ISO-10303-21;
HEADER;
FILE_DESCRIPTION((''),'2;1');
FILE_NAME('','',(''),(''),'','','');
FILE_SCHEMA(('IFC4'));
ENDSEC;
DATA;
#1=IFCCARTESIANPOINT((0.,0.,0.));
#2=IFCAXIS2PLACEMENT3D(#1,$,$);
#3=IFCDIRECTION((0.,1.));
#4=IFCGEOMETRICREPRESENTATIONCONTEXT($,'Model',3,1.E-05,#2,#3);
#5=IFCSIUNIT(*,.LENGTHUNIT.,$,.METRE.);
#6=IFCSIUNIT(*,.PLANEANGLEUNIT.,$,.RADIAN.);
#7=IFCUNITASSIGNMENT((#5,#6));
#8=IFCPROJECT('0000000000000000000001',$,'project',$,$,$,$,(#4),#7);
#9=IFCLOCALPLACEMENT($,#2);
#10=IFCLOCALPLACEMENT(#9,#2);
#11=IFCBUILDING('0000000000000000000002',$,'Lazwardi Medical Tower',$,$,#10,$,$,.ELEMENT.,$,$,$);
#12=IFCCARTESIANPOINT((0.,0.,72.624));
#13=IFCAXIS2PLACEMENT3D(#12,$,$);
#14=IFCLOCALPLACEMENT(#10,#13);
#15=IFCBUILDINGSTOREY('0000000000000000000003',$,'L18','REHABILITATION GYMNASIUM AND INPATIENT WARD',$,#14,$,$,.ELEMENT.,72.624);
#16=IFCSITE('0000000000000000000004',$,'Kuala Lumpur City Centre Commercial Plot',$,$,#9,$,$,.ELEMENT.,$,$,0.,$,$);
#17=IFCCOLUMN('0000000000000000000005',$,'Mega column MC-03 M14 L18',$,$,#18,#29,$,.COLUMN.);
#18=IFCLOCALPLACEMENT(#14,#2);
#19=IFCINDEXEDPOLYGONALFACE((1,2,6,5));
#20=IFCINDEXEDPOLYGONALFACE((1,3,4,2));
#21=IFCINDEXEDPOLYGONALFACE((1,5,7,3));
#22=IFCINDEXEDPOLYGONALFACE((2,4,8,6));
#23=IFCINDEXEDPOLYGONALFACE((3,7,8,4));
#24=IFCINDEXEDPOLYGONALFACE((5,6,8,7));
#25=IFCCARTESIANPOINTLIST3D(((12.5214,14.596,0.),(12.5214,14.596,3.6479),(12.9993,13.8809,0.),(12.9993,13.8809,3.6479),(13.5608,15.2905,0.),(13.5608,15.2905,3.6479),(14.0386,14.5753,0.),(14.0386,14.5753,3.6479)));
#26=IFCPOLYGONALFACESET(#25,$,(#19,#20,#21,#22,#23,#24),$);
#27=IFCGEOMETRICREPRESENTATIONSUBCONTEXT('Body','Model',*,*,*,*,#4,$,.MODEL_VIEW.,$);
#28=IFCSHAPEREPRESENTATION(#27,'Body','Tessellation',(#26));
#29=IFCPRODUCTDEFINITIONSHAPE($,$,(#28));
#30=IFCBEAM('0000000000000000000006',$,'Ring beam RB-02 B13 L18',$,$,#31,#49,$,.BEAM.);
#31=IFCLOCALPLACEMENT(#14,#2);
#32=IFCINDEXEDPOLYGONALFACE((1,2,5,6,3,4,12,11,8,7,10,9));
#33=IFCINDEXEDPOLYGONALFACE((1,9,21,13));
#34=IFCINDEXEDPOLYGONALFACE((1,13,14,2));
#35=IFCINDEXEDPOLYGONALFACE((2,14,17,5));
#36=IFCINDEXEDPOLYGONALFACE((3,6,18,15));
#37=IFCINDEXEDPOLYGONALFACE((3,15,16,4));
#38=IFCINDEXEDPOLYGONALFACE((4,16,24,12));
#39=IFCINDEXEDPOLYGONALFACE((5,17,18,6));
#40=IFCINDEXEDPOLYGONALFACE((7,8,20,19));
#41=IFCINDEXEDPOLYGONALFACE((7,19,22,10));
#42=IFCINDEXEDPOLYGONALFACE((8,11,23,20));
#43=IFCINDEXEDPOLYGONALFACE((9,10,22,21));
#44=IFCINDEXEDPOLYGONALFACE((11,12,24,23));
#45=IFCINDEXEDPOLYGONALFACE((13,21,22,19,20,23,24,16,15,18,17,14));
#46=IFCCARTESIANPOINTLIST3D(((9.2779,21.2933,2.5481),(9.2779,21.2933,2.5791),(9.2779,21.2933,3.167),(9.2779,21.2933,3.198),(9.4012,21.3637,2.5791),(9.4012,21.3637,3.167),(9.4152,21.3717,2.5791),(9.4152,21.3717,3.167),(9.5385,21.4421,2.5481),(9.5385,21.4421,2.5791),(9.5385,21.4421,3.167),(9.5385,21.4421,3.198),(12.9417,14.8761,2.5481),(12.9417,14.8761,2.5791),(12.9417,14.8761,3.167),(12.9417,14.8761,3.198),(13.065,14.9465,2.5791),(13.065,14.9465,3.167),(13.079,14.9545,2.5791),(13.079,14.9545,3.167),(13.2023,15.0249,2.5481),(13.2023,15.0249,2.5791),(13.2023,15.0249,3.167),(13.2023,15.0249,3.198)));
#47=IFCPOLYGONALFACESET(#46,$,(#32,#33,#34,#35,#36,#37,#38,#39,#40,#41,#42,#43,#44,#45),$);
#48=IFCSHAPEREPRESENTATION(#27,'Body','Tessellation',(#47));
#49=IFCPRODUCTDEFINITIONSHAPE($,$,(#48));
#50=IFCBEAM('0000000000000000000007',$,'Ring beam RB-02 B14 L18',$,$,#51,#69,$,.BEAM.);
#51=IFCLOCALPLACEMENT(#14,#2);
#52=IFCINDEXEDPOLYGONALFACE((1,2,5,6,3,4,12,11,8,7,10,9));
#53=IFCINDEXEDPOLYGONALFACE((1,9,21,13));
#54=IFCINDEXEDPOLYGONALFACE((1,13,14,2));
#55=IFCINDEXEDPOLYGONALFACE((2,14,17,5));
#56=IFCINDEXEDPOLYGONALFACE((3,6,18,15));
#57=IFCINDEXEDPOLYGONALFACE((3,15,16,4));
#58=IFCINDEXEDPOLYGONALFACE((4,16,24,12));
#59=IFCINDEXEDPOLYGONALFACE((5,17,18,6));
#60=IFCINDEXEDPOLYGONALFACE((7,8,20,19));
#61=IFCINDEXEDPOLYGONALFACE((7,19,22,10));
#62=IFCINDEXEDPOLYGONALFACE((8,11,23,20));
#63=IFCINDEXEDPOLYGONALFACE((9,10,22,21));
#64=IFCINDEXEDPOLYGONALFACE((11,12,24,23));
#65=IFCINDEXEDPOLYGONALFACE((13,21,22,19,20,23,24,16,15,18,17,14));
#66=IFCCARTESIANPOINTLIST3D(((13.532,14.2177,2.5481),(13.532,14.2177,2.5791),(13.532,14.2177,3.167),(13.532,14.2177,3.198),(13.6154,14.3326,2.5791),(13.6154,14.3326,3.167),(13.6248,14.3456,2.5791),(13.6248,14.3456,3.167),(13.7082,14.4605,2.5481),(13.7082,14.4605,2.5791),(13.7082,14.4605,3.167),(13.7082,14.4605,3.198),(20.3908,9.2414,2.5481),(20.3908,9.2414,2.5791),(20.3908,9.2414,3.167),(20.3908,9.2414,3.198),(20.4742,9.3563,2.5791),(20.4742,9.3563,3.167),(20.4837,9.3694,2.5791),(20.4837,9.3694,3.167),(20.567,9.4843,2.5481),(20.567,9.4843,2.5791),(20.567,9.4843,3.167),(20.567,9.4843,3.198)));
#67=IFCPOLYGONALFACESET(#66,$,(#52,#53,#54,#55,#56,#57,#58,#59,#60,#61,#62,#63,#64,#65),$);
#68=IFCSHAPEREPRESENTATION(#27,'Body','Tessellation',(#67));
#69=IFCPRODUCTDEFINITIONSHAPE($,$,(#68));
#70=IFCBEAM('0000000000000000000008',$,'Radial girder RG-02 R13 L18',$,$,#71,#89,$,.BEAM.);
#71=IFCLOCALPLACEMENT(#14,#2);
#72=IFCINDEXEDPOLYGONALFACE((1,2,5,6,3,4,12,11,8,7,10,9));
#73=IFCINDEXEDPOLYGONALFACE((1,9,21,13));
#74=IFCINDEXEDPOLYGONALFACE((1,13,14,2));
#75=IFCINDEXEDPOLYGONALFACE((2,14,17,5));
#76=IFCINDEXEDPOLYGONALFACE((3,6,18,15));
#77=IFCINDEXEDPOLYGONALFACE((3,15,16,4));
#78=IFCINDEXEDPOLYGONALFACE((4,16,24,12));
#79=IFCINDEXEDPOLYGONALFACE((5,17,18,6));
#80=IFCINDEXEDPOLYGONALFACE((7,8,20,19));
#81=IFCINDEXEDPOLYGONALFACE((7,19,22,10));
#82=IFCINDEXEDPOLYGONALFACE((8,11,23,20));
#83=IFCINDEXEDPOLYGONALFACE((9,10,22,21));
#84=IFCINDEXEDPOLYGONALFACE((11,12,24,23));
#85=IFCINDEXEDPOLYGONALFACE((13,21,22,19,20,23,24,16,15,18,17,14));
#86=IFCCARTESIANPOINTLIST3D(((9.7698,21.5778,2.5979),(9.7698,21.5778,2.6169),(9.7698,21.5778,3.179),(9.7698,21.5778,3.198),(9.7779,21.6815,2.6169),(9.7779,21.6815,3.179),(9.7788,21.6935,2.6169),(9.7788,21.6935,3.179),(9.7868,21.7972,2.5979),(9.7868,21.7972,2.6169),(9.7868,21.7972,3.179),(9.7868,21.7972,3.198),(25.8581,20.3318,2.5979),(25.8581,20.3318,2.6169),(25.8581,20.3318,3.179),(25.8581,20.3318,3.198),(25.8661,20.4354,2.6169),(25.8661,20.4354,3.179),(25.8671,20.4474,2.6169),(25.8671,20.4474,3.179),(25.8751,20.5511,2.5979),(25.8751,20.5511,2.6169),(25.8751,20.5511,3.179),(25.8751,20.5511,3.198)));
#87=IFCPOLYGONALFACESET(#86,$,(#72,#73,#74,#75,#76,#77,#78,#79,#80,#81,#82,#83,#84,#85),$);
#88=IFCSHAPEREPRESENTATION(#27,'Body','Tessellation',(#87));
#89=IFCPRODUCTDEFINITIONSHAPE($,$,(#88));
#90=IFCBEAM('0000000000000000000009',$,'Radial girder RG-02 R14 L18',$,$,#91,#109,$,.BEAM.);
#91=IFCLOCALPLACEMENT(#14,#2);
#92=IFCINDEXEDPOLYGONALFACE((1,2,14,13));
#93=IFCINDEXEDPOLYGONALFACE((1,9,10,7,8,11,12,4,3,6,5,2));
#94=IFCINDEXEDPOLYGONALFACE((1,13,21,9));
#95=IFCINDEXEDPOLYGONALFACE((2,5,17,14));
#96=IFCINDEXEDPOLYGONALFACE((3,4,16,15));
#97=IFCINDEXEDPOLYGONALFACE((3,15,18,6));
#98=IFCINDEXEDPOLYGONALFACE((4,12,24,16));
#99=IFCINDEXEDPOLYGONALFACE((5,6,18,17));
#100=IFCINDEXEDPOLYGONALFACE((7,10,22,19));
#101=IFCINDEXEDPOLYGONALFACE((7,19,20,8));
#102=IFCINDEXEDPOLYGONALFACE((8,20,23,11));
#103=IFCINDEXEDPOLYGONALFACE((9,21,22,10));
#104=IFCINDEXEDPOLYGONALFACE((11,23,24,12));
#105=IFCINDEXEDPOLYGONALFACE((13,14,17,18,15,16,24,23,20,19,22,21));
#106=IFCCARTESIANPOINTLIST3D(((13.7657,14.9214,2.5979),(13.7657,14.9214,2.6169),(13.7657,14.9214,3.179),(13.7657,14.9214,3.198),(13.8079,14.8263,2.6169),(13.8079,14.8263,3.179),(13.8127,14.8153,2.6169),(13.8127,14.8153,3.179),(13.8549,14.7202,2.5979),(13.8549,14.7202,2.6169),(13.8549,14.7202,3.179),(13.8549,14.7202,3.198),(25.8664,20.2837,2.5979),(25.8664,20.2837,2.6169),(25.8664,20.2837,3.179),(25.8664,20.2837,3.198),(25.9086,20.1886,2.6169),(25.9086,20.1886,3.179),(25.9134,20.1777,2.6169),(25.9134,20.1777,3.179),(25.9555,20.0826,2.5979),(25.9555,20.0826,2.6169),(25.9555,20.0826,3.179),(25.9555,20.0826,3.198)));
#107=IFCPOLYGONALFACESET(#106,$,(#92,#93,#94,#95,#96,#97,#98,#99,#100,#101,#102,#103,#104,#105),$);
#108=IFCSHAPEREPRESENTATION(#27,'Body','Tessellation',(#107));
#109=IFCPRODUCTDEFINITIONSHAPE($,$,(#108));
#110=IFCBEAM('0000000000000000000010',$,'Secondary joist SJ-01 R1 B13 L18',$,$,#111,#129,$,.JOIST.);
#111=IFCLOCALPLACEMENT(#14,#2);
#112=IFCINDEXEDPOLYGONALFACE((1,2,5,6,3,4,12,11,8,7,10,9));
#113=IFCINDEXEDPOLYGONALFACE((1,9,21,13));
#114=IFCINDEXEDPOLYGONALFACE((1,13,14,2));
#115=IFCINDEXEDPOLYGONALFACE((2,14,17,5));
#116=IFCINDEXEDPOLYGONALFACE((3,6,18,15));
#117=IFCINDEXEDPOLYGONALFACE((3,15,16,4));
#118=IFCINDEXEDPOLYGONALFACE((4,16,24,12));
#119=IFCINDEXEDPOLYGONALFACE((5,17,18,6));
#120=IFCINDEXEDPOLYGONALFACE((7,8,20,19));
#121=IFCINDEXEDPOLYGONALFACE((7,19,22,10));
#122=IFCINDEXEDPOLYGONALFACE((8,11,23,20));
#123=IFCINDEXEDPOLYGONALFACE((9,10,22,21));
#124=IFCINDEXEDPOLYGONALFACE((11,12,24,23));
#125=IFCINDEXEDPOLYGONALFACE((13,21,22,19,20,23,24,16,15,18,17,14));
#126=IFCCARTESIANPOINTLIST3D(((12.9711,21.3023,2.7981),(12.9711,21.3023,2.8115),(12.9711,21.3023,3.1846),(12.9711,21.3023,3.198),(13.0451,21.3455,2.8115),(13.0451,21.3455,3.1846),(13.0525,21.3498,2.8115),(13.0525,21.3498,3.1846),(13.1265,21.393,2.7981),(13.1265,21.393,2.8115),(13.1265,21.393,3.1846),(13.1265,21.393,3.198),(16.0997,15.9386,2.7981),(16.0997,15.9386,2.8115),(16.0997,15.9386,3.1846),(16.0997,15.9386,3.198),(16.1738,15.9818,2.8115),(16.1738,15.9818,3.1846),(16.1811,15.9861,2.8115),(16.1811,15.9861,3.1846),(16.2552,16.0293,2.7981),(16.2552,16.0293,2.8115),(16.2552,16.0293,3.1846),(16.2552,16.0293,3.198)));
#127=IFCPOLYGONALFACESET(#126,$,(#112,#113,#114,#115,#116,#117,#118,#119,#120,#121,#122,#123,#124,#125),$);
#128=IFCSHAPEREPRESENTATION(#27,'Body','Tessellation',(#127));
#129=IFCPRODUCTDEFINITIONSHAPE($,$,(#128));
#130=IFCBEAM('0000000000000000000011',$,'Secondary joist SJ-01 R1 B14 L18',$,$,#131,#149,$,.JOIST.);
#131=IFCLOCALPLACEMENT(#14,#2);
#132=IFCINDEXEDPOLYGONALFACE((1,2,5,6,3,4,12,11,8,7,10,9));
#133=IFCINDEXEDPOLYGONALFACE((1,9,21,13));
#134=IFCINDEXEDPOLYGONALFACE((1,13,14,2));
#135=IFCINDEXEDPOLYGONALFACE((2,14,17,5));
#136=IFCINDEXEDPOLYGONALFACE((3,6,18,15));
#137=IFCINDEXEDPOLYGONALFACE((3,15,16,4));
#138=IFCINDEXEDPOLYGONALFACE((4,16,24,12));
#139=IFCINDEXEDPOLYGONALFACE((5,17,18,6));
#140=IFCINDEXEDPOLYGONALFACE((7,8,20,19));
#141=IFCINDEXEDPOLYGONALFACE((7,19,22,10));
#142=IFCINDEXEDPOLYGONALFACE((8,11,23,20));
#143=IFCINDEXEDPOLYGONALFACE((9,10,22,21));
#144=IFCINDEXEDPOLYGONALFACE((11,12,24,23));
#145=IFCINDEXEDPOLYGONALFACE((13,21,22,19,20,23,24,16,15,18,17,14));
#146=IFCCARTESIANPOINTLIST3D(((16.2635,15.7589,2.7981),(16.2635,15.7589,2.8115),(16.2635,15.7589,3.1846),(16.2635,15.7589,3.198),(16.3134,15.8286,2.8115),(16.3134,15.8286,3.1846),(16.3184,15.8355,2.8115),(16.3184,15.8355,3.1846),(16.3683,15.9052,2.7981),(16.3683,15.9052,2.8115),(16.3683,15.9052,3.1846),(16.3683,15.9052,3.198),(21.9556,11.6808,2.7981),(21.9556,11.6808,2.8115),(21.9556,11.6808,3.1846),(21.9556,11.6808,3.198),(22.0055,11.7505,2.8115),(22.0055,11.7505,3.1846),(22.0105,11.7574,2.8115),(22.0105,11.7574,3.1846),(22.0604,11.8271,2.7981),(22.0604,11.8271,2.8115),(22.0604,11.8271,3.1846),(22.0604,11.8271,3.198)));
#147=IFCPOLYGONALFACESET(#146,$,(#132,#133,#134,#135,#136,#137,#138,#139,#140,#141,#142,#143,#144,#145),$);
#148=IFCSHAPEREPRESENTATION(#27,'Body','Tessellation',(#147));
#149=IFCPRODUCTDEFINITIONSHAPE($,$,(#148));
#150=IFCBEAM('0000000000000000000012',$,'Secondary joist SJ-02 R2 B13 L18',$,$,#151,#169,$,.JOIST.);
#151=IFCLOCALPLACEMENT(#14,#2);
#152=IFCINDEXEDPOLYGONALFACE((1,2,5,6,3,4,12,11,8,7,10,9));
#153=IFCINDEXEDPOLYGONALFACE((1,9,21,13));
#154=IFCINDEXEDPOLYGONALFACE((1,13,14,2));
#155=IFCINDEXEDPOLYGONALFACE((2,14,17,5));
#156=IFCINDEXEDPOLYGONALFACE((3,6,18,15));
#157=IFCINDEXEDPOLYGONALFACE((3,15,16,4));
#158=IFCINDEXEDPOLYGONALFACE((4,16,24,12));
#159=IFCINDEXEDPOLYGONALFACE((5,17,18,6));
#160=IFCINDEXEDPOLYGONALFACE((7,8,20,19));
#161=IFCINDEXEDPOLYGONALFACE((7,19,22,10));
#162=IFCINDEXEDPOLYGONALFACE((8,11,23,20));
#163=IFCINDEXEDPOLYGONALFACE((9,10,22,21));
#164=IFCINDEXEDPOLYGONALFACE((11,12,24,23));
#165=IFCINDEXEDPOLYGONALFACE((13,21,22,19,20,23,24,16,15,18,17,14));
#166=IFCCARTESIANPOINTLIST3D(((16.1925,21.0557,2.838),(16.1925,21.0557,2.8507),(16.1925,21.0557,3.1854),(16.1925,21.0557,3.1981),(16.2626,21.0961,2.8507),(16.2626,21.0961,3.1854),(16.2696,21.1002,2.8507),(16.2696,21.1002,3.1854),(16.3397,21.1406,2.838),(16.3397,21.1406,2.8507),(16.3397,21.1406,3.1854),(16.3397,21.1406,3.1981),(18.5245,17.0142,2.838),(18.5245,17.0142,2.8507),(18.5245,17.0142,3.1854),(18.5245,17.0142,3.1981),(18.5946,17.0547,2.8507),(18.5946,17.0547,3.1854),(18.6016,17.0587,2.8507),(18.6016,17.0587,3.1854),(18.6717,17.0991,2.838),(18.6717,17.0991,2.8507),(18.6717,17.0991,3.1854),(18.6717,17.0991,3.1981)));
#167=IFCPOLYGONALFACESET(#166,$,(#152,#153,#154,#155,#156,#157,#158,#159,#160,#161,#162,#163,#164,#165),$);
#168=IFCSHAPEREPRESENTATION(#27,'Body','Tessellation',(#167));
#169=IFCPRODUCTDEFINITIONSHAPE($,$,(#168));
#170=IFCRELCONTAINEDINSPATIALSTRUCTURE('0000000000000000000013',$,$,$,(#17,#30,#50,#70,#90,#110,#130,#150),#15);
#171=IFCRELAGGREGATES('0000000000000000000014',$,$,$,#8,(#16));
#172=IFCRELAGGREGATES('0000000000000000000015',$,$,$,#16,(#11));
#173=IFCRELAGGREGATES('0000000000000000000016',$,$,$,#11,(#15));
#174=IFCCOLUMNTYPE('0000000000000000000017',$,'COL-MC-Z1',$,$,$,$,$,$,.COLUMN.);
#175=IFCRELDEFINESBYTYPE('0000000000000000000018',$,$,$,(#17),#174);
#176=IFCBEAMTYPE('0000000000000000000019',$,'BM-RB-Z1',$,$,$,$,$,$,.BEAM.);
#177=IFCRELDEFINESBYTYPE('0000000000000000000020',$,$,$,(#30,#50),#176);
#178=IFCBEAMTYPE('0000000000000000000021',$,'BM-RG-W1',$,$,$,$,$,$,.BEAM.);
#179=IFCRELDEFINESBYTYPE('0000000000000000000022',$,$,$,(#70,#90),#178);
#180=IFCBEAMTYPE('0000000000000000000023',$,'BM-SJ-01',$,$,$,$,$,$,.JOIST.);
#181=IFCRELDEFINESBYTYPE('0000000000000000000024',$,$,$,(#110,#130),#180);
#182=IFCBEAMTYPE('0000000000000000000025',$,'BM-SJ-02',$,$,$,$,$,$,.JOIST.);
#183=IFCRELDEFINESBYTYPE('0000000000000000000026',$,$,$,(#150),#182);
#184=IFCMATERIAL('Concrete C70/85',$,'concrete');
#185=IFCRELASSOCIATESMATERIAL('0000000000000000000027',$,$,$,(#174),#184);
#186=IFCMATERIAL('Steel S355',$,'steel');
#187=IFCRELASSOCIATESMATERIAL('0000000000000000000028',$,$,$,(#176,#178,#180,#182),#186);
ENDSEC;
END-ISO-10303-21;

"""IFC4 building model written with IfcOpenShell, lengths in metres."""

from ifc_helpers import new_model, si_unit, direction, frame, origin, origin_2d, place, context, subcontext, project, spatial, rectangle, i_section, extrude, material, material_profile, profile_set, type_object, element, save


model = new_model("IFC4")

# Units and contexts
model_context = context("Model", 3, precision=1e-05, world=origin(), true_north=direction((0.0, 1.0)))
body_context = subcontext(model_context, "Body", "Model", "MODEL_VIEW")
ifc_project = project(units=[si_unit("LENGTHUNIT", "METRE"), si_unit("PLANEANGLEUNIT", "RADIAN")], contexts=[model_context])

# Site, building, storey
site_placement = place(None, origin())
site = spatial("IfcSite", under=ifc_project, at=site_placement, Name="Kuala Lumpur City Centre Commercial Plot", CompositionType="ELEMENT", RefElevation=0.0)
building_placement = place(site_placement, origin())
building = spatial("IfcBuilding", under=site, at=building_placement, Name="Lazwardi Medical Tower", CompositionType="ELEMENT")
storey_placement = place(building_placement, frame((0.0, 0.0, 72.624)))
storey = spatial("IfcBuildingStorey", under=building, at=storey_placement, Name="L18", Description="REHABILITATION GYMNASIUM AND INPATIENT WARD", CompositionType="ELEMENT", Elevation=72.624)

# Column
ifc_material_1 = material(Name="Concrete C70/85", Category="concrete")
ifc_material_profile_1 = material_profile(ifc_material_1, rectangle(XDim=1.25, YDim=0.8601, at=origin_2d()), Name="CFT-RECT 1250x860")
ifc_profile_set_1 = profile_set([ifc_material_profile_1], Name="Concrete C70/85")
column_type = type_object("IfcColumnType", Name="COL-MC-Z1", PredefinedType="COLUMN", material=ifc_profile_set_1)
column_placement = place(storey_placement, frame((13.28, 14.5857, 0.0), z_axis=(0.0, 0.0, 1.0), x_axis=(-0.83147, -0.55557, 0.0)))
element("IfcColumn", 1, at=column_placement, inside=storey, type_object=column_type, Name="Mega column MC-03 M14 L18", PredefinedType="COLUMN", context=body_context, shape_type="SweptSolid", body=[
    extrude(rectangle(XDim=1.25, YDim=0.8601, at=origin_2d()), origin(), (0.0, 0.0, 1.0), 3.6479),
])

# Beams
ifc_material_2 = material(Name="Steel S355", Category="steel")
ifc_material_profile_2 = material_profile(ifc_material_2, i_section(OverallWidth=0.3, OverallDepth=0.6499, WebThickness=0.0161, FlangeThickness=0.031, at=origin_2d()), Name="HEB 650")
ifc_profile_set_2 = profile_set([ifc_material_profile_2], Name="Steel S355")
beam_type_1 = type_object("IfcBeamType", Name="BM-RB-Z1", PredefinedType="BEAM", material=ifc_profile_set_2)
beam_1_placement = place(storey_placement, frame((9.4082, 21.3677, 2.873), z_axis=(0.495815, -0.868428, 0.0), x_axis=(0.868428, 0.495815, 0.0)))
element("IfcBeam", 2, at=beam_1_placement, inside=storey, type_object=beam_type_1, Name="Ring beam RB-02 B13 L18", PredefinedType="BEAM", context=body_context, shape_type="SweptSolid", body=[
    extrude(i_section(OverallWidth=0.3, OverallDepth=0.6499, WebThickness=0.0161, FlangeThickness=0.031, at=origin_2d()), origin(), (0.0, 0.0, 1.0), 7.3894),
])
beam_2_placement = place(storey_placement, frame((13.6201, 14.3391, 2.873), z_axis=(0.809407, -0.587248, 0.0), x_axis=(0.587248, 0.809407, 0.0)))
element("IfcBeam", 3, at=beam_2_placement, inside=storey, type_object=beam_type_1, Name="Ring beam RB-02 B14 L18", PredefinedType="BEAM", context=body_context, shape_type="SweptSolid", body=[
    extrude(i_section(OverallWidth=0.3, OverallDepth=0.6499, WebThickness=0.0161, FlangeThickness=0.031, at=origin_2d()), origin(), (0.0, 0.0, 1.0), 8.4739),
])
ifc_material_profile_3 = material_profile(ifc_material_2, i_section(OverallWidth=0.22, OverallDepth=0.6001, WebThickness=0.012, FlangeThickness=0.019, at=origin_2d()), Name="IPE 600")
ifc_profile_set_3 = profile_set([ifc_material_profile_3], Name="Steel S355")
beam_type_2 = type_object("IfcBeamType", Name="BM-RG-W1", PredefinedType="BEAM", material=ifc_profile_set_3)
beam_3_placement = place(storey_placement, frame((9.7783, 21.6875, 2.8979), z_axis=(0.997014, -0.077222, 0.0), x_axis=(0.077222, 0.997014, 0.0)))
element("IfcBeam", 4, at=beam_3_placement, inside=storey, type_object=beam_type_2, Name="Radial girder RG-02 R13 L18", PredefinedType="BEAM", context=body_context, shape_type="SweptSolid", body=[
    extrude(i_section(OverallWidth=0.22, OverallDepth=0.6001, WebThickness=0.012, FlangeThickness=0.019, at=origin_2d()), origin(), (0.0, 0.0, 1.0), 16.1365),
])
beam_4_placement = place(storey_placement, frame((13.8103, 14.8208, 2.8979), z_axis=(0.914252, 0.405146, 0.0), x_axis=(-0.405146, 0.914252, 0.0)))
element("IfcBeam", 5, at=beam_4_placement, inside=storey, type_object=beam_type_2, Name="Radial girder RG-02 R14 L18", PredefinedType="BEAM", context=body_context, shape_type="SweptSolid", body=[
    extrude(i_section(OverallWidth=0.22, OverallDepth=0.6001, WebThickness=0.012, FlangeThickness=0.019, at=origin_2d()), origin(), (0.0, 0.0, 1.0), 13.2356),
])
ifc_material_profile_4 = material_profile(ifc_material_2, i_section(OverallWidth=0.1799, OverallDepth=0.3999, WebThickness=0.0085, FlangeThickness=0.0134, at=origin_2d()), Name="IPE 400")
ifc_profile_set_4 = profile_set([ifc_material_profile_4], Name="Steel S355")
beam_type_3 = type_object("IfcBeamType", Name="BM-SJ-01", PredefinedType="JOIST", material=ifc_profile_set_4)
beam_5_placement = place(storey_placement, frame((13.0488, 21.3477, 2.998), z_axis=(0.503847, -0.863793, 0.0), x_axis=(0.863793, 0.503847, 0.0)))
element("IfcBeam", 6, at=beam_5_placement, inside=storey, type_object=beam_type_3, Name="Secondary joist SJ-01 R1 B13 L18", PredefinedType="JOIST", context=body_context, shape_type="SweptSolid", body=[
    extrude(i_section(OverallWidth=0.1799, OverallDepth=0.3999, WebThickness=0.0085, FlangeThickness=0.0134, at=origin_2d()), origin(), (0.0, 0.0, 1.0), 6.2095),
])
beam_6_placement = place(storey_placement, frame((16.3159, 15.832, 2.998), z_axis=(0.812901, -0.582402, 0.0), x_axis=(0.582402, 0.812901, 0.0)))
element("IfcBeam", 7, at=beam_6_placement, inside=storey, type_object=beam_type_3, Name="Secondary joist SJ-01 R1 B14 L18", PredefinedType="JOIST", context=body_context, shape_type="SweptSolid", body=[
    extrude(i_section(OverallWidth=0.1799, OverallDepth=0.3999, WebThickness=0.0085, FlangeThickness=0.0134, at=origin_2d()), origin(), (0.0, 0.0, 1.0), 7.0022),
])
ifc_material_profile_5 = material_profile(ifc_material_2, i_section(OverallWidth=0.1699, OverallDepth=0.3601, WebThickness=0.0081, FlangeThickness=0.0127, at=origin_2d()), Name="IPE 360")
ifc_profile_set_5 = profile_set([ifc_material_profile_5], Name="Steel S355")
beam_type_4 = type_object("IfcBeamType", Name="BM-SJ-02", PredefinedType="JOIST", material=ifc_profile_set_5)
beam_7_placement = place(storey_placement, frame((16.2661, 21.0981, 3.0181), z_axis=(0.499786, -0.866149, 0.0), x_axis=(0.866149, 0.499786, 0.0)))
element("IfcBeam", 8, at=beam_7_placement, inside=storey, type_object=beam_type_4, Name="Secondary joist SJ-02 R2 B13 L18", PredefinedType="JOIST", context=body_context, shape_type="SweptSolid", body=[
    extrude(i_section(OverallWidth=0.1699, OverallDepth=0.3601, WebThickness=0.0081, FlangeThickness=0.0127, at=origin_2d()), origin(), (0.0, 0.0, 1.0), 4.666),
])

save(model, "model.ifc")
